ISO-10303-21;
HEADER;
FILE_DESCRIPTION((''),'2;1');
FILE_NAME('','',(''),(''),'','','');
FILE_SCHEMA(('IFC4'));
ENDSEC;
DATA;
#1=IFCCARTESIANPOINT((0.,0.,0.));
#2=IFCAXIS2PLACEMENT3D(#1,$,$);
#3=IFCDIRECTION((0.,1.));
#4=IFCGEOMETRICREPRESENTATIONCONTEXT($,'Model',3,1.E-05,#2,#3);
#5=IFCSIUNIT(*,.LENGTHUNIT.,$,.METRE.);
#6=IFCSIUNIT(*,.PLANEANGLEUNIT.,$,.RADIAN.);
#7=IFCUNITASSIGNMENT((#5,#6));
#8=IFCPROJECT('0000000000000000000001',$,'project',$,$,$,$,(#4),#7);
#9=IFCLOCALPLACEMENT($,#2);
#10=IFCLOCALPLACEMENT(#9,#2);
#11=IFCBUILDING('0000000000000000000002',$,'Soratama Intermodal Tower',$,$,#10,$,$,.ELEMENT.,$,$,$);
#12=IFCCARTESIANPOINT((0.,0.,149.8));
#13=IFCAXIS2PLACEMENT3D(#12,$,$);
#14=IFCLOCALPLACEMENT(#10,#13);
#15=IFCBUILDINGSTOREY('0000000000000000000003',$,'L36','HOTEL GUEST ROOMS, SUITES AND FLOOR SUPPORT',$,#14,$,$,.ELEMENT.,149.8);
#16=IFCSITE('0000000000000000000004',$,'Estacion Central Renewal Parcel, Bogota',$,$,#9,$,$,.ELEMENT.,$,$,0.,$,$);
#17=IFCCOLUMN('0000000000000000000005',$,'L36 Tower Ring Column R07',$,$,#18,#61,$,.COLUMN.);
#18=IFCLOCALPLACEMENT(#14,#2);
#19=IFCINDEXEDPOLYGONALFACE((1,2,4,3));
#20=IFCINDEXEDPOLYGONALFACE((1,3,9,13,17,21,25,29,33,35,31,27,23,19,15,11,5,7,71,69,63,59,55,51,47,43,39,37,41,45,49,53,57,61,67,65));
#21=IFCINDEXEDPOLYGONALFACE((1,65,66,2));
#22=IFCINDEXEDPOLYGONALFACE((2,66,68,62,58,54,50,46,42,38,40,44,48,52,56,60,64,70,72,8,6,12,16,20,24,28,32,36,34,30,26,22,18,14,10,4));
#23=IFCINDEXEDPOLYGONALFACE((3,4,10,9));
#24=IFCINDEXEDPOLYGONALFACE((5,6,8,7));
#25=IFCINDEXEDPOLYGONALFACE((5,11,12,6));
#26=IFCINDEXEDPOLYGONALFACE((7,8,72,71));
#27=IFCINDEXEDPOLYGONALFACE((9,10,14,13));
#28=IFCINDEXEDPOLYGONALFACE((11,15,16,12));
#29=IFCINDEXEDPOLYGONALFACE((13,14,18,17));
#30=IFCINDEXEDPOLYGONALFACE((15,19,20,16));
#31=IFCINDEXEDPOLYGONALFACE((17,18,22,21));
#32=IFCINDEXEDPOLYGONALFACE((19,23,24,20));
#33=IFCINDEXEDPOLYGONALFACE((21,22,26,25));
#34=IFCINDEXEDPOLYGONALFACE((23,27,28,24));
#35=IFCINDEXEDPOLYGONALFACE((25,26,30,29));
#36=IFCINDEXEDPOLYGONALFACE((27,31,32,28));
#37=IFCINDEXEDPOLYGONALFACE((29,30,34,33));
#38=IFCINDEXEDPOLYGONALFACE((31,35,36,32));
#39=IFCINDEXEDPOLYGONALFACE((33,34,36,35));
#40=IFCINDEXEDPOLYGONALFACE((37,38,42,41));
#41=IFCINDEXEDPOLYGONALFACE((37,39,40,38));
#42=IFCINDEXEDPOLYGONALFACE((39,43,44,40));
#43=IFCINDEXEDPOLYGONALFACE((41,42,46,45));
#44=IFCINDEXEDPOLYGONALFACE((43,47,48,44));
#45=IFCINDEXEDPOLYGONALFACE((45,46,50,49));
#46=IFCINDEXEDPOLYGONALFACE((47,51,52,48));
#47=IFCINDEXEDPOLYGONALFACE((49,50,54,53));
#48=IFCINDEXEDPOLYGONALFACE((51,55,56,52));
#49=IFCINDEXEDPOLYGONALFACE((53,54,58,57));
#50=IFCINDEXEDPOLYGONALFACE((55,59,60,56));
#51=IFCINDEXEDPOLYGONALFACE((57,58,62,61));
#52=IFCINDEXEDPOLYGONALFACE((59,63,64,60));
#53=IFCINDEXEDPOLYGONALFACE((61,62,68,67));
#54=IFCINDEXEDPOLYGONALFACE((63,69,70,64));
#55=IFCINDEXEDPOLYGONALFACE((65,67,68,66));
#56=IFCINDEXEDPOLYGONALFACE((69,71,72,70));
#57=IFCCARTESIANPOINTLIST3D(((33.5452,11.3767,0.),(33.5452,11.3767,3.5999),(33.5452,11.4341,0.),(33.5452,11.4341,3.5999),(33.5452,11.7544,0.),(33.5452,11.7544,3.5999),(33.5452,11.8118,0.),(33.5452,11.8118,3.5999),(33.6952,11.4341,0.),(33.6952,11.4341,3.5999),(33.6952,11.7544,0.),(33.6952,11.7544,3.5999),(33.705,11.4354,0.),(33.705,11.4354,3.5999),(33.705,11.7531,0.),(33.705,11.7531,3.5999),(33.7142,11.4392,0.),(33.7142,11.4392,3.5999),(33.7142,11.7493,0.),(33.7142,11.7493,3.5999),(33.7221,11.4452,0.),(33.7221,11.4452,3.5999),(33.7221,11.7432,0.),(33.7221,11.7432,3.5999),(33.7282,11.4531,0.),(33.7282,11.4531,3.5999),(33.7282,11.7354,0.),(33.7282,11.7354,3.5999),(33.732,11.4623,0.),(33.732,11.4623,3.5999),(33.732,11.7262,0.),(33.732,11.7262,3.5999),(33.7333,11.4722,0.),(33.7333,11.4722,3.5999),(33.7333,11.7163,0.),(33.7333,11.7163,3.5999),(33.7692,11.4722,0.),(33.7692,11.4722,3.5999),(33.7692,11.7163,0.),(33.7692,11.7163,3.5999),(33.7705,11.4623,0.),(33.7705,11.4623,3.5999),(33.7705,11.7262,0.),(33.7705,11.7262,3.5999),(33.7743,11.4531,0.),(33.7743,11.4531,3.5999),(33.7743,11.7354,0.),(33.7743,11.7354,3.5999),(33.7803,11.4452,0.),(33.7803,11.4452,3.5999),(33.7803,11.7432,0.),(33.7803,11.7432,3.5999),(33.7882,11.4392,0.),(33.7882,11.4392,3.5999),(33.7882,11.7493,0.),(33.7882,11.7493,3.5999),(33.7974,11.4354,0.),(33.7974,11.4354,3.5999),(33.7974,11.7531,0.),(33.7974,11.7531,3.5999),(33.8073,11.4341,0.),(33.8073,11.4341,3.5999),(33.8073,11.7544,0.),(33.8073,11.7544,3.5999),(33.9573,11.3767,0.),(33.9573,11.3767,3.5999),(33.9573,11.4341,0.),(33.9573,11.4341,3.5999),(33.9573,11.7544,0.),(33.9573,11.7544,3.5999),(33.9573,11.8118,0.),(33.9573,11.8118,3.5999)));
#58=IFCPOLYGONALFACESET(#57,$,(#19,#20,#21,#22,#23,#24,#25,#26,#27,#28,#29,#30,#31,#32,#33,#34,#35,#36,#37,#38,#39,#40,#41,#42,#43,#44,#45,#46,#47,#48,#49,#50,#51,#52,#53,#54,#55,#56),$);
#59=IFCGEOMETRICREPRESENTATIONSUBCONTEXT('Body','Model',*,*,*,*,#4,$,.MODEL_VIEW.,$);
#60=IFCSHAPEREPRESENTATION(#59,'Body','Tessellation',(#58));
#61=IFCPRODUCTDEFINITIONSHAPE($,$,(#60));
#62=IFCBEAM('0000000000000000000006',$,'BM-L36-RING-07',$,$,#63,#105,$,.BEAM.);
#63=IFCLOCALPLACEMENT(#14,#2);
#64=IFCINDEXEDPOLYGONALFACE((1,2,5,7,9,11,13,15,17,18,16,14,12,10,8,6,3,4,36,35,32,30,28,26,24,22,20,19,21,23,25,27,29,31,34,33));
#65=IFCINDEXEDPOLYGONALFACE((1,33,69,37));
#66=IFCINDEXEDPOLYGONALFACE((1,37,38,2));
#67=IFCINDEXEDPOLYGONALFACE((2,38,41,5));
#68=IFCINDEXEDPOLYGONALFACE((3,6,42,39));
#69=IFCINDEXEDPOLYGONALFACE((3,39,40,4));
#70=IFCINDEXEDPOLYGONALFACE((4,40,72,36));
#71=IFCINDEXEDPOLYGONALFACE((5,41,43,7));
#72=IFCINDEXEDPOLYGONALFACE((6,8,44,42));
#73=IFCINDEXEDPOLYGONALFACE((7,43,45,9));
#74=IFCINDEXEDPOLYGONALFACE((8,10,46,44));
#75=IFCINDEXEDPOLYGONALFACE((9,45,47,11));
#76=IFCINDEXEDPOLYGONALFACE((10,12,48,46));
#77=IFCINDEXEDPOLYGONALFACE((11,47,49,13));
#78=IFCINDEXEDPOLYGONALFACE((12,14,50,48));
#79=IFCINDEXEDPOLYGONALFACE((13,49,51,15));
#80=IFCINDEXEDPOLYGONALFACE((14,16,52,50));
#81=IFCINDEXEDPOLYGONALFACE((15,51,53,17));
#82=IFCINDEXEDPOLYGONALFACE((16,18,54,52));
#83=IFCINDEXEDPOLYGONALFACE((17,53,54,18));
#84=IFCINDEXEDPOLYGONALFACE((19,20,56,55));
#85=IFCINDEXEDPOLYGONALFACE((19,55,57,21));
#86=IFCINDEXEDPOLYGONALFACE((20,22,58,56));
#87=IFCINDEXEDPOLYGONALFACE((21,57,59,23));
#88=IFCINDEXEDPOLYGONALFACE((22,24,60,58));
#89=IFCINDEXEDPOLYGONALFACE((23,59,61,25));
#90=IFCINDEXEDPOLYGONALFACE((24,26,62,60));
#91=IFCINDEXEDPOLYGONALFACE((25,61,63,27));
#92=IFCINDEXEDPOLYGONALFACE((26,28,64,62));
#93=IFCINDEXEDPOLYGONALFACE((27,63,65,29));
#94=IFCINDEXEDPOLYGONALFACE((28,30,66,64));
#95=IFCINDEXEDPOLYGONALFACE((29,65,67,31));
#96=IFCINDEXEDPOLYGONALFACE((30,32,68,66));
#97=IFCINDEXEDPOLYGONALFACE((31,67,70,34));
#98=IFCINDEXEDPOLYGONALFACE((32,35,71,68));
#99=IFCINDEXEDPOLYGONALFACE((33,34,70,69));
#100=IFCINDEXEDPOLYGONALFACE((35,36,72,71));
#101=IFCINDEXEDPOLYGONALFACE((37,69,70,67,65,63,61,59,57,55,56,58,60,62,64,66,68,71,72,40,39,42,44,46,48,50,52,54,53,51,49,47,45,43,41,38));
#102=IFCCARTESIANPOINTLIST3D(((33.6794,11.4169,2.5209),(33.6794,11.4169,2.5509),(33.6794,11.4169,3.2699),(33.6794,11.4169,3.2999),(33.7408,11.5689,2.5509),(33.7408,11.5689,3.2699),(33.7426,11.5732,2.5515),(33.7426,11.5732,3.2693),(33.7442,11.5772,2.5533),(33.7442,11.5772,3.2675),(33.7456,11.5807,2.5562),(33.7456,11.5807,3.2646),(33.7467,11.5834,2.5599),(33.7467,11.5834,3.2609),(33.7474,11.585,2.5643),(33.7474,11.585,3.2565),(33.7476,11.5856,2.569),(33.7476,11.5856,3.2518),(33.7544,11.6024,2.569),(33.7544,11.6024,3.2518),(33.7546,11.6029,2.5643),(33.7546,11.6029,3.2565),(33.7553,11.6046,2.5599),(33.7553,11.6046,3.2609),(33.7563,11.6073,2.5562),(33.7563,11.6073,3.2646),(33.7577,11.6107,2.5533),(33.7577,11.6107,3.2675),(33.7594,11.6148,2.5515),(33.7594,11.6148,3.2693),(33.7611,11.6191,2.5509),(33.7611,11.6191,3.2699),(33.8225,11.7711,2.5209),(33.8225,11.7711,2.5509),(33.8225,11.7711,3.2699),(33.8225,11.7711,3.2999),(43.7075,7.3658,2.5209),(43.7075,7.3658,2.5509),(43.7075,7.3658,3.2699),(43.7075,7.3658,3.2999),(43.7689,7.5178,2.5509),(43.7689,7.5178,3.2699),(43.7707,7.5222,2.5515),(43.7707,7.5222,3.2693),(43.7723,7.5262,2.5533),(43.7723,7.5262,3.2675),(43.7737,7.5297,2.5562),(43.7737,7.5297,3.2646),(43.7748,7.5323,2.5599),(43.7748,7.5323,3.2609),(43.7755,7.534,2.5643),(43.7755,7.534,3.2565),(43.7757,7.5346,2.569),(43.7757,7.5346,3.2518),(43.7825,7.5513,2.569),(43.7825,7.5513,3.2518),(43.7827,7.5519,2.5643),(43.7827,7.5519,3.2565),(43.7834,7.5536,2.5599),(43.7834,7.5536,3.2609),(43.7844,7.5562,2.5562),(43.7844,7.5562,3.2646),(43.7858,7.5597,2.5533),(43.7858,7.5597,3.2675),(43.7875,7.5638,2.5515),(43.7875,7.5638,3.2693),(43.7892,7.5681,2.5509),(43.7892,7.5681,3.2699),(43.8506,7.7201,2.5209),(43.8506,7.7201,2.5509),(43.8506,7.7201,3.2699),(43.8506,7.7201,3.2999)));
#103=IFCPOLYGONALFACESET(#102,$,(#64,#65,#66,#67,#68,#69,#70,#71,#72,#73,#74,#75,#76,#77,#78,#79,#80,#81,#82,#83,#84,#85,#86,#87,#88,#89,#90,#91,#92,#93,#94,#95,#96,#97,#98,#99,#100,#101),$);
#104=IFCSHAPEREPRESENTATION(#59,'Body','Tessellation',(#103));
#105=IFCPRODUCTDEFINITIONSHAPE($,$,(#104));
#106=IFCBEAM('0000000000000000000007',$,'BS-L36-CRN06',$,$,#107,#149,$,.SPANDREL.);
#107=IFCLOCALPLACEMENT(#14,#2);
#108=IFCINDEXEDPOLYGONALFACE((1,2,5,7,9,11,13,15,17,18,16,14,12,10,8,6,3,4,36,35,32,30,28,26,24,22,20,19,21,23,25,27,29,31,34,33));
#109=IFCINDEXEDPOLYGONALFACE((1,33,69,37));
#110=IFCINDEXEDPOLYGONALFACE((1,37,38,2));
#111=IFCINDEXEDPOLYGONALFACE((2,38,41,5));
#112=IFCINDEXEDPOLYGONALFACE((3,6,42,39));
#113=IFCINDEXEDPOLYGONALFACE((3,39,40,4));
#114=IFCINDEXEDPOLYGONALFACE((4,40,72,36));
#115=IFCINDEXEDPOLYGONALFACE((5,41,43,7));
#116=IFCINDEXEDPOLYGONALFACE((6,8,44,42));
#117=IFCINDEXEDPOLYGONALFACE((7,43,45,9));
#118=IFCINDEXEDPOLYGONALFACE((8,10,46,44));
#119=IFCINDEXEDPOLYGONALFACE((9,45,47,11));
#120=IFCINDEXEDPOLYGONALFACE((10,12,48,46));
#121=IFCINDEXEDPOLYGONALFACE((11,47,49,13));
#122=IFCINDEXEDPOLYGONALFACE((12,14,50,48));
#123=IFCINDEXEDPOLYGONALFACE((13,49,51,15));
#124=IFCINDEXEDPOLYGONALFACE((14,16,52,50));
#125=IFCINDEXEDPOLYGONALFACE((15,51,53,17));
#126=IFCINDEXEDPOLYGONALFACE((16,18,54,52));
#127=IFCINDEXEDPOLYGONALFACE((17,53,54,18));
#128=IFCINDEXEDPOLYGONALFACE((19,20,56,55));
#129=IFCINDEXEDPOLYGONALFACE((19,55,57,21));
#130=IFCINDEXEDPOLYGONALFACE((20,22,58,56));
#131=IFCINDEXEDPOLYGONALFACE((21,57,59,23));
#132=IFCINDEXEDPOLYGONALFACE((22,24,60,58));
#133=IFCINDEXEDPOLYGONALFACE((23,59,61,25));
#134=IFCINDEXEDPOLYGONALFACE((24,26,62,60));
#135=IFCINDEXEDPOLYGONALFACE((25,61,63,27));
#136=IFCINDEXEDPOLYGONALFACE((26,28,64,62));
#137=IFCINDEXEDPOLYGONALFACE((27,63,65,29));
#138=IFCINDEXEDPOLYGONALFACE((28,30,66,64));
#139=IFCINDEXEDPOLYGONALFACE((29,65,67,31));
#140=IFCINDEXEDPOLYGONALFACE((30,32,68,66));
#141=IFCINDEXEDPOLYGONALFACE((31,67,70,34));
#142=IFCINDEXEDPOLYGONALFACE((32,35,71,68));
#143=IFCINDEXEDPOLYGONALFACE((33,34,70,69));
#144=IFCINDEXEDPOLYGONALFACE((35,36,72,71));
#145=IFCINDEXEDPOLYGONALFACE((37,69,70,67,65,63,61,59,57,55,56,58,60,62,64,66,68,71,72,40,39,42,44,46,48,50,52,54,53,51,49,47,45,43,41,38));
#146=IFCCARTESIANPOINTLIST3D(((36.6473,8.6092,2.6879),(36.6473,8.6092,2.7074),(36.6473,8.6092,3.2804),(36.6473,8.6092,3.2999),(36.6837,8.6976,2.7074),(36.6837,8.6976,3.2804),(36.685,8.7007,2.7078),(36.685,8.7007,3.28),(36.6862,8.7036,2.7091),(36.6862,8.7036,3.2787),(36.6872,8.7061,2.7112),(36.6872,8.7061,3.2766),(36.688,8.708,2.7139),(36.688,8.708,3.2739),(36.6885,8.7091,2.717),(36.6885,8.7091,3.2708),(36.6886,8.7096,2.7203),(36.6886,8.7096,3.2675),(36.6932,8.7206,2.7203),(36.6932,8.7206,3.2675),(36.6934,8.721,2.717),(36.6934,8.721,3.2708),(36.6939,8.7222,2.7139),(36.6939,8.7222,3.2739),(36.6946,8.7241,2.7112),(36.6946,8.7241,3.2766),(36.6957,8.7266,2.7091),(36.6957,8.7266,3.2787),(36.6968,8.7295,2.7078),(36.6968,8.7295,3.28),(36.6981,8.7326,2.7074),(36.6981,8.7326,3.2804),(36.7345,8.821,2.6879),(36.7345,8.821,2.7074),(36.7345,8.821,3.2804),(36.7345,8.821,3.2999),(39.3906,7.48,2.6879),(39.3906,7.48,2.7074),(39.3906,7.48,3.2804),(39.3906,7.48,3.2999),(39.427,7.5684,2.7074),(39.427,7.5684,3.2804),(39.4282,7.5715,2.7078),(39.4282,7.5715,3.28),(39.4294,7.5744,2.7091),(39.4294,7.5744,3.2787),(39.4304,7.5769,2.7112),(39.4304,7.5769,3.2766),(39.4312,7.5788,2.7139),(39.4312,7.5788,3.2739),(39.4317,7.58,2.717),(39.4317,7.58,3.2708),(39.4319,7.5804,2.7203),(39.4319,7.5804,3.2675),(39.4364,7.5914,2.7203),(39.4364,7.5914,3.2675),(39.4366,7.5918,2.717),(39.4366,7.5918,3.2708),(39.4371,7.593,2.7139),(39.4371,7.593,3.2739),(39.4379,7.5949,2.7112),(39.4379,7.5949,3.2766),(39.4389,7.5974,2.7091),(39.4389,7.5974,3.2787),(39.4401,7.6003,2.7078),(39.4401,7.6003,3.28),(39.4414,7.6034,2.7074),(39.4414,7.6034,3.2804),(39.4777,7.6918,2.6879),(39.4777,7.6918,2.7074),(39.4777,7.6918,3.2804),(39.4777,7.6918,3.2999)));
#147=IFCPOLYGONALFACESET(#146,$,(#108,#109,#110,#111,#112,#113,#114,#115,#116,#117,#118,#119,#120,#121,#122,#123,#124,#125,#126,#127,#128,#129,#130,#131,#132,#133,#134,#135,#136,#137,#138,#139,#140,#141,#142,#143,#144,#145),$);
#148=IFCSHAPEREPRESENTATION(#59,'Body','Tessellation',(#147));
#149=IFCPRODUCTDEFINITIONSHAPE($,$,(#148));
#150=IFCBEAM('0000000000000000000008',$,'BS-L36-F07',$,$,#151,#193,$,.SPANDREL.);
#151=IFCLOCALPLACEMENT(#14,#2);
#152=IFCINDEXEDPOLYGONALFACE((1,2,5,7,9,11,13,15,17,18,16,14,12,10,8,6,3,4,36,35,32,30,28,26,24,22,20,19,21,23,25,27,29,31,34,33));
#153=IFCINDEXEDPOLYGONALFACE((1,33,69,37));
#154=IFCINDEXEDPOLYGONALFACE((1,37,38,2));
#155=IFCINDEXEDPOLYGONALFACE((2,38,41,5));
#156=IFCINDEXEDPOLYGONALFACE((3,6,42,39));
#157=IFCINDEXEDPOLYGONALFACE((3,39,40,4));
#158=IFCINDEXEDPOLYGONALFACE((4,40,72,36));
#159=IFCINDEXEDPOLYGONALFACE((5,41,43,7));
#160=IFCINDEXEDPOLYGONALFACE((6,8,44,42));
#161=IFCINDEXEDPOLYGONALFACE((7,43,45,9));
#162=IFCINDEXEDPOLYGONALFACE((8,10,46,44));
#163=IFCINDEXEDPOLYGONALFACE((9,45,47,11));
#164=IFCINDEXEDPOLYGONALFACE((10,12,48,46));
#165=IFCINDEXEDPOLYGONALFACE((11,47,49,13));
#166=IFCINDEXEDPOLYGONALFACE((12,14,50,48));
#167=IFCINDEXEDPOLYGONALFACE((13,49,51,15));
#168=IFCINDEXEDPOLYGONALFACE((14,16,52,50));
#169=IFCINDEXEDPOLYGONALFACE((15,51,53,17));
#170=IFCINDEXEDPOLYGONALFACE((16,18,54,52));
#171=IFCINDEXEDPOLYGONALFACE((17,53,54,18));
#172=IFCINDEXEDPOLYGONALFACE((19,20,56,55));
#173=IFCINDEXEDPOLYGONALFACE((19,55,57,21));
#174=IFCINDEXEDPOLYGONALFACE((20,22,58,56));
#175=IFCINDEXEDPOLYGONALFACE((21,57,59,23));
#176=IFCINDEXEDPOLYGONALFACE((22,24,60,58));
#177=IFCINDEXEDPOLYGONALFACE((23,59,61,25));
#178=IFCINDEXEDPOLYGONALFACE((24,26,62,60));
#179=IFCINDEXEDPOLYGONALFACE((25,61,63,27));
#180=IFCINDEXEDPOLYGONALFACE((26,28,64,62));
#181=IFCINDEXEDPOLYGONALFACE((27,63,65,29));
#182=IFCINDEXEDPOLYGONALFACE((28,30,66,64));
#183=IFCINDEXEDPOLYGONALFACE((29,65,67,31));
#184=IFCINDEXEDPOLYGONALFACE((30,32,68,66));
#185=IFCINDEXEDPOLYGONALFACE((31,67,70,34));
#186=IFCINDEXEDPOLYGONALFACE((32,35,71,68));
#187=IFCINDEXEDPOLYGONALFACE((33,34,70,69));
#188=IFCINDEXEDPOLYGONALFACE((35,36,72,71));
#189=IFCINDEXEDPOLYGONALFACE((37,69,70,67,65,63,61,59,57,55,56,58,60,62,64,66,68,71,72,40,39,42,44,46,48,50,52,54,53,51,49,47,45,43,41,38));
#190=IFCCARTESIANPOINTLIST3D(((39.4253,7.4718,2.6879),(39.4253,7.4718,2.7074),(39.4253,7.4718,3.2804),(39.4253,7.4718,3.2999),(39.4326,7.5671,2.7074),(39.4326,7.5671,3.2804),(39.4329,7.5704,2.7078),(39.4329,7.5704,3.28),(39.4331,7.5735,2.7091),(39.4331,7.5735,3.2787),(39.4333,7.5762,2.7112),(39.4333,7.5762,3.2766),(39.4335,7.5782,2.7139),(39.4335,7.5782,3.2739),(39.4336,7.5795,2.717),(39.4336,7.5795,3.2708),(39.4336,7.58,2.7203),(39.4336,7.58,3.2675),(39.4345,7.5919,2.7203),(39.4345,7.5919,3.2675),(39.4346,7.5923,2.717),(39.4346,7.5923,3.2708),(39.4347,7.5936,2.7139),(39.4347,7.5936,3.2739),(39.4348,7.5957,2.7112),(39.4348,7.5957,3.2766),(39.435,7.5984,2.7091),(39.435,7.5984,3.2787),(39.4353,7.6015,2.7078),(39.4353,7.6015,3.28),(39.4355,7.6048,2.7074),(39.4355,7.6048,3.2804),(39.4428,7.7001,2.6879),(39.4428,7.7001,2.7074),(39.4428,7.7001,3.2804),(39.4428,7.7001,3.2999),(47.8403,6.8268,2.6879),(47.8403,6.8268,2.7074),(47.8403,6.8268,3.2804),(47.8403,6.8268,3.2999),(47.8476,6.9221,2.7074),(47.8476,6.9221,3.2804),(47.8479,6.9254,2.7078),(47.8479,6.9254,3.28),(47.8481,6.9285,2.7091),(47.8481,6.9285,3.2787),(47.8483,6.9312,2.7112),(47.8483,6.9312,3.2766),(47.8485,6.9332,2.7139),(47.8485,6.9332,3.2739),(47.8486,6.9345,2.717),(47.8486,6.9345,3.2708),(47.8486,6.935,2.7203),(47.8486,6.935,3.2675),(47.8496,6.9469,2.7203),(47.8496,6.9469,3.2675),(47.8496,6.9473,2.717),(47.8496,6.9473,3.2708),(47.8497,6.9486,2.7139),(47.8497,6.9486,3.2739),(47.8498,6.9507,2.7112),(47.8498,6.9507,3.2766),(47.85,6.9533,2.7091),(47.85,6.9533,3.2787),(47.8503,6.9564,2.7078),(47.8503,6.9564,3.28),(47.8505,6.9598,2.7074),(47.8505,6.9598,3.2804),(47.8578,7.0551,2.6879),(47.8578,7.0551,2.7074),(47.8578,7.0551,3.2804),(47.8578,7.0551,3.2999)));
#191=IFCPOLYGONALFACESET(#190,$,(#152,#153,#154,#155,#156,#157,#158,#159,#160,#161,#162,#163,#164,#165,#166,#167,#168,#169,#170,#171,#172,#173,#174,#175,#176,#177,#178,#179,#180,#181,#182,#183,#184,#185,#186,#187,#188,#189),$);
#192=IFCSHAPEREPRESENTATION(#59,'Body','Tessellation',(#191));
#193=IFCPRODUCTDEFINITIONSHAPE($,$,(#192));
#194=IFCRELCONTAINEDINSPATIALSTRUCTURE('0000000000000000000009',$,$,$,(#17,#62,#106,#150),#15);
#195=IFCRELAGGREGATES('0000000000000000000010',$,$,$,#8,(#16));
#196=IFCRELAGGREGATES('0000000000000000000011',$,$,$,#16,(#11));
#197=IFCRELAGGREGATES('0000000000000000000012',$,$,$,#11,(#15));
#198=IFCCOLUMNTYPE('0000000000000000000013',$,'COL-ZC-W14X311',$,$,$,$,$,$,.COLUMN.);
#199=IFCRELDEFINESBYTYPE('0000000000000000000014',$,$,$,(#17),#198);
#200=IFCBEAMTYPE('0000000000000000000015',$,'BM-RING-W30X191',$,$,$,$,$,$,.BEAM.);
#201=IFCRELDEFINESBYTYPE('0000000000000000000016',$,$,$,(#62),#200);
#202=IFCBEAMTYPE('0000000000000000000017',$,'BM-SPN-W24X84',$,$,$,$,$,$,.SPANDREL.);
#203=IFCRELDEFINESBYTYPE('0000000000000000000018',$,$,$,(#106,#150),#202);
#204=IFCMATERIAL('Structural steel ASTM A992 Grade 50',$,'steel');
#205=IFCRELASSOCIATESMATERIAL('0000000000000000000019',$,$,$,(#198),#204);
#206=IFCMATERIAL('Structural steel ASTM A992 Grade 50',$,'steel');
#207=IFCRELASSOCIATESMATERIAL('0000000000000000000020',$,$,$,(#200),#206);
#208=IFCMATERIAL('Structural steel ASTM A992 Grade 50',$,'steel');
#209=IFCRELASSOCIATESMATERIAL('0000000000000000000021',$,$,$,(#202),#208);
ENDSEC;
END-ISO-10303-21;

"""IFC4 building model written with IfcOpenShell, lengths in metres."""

from ifc_helpers import new_model, si_unit, direction, frame, origin, origin_2d, place, context, subcontext, project, spatial, i_section, extrude, material, material_profile, profile_set, type_object, element, save


model = new_model("IFC4")

# Units and contexts
model_context = context("Model", 3, precision=1e-05, world=origin(), true_north=direction((0.0, 1.0)))
body_context = subcontext(model_context, "Body", "Model", "MODEL_VIEW")
ifc_project = project(units=[si_unit("LENGTHUNIT", "METRE"), si_unit("PLANEANGLEUNIT", "RADIAN")], contexts=[model_context])

# Site, building, storey
site_placement = place(None, origin())
site = spatial("IfcSite", under=ifc_project, at=site_placement, Name="Estacion Central Renewal Parcel, Bogota", CompositionType="ELEMENT", RefElevation=0.0)
building_placement = place(site_placement, origin())
building = spatial("IfcBuilding", under=site, at=building_placement, Name="Soratama Intermodal Tower", CompositionType="ELEMENT")
storey_placement = place(building_placement, frame((0.0, 0.0, 149.8)))
storey = spatial("IfcBuildingStorey", under=building, at=storey_placement, Name="L36", Description="HOTEL GUEST ROOMS, SUITES AND FLOOR SUPPORT", CompositionType="ELEMENT", Elevation=149.8)

# Column
ifc_material_1 = material(Name="Structural steel ASTM A992 Grade 50", Category="steel")
ifc_material_profile_1 = material_profile(ifc_material_1, i_section(OverallWidth=0.4121, OverallDepth=0.4351, WebThickness=0.0359, FlangeThickness=0.0574, FilletRadius=0.0381, at=origin_2d()), Name="W14X311")
ifc_profile_set_1 = profile_set([ifc_material_profile_1], Name="Structural steel ASTM A992 Grade 50")
column_type = type_object("IfcColumnType", Name="COL-ZC-W14X311", PredefinedType="COLUMN", material=ifc_profile_set_1)
column_placement = place(storey_placement, frame((33.7512, 11.5942, 0.0), z_axis=(0.0, 0.0, 1.0), x_axis=(1.0, 0.0, 0.0)))
element("IfcColumn", 1, at=column_placement, inside=storey, type_object=column_type, Name="L36 Tower Ring Column R07", PredefinedType="COLUMN", context=body_context, shape_type="SweptSolid", body=[
    extrude(i_section(OverallWidth=0.4121, OverallDepth=0.4351, WebThickness=0.0359, FlangeThickness=0.0574, FilletRadius=0.0381, at=origin_2d()), origin(), (0.0, 0.0, 1.0), 3.5999),
])

# Beams
ifc_material_2 = material(Name="Structural steel ASTM A992 Grade 50", Category="steel")
ifc_material_profile_2 = material_profile(ifc_material_2, i_section(OverallWidth=0.3821, OverallDepth=0.7791, WebThickness=0.0181, FlangeThickness=0.03, FilletRadius=0.0181, at=origin_2d()), Name="W30X191")
ifc_profile_set_2 = profile_set([ifc_material_profile_2], Name="Structural steel ASTM A992 Grade 50")
beam_type_1 = type_object("IfcBeamType", Name="BM-RING-W30X191", PredefinedType="BEAM", material=ifc_profile_set_2)
beam_1_placement = place(storey_placement, frame((33.751, 11.594, 2.9104), z_axis=(0.927202, -0.37456, 0.0), x_axis=(0.37456, 0.927202, 0.0)))
element("IfcBeam", 2, at=beam_1_placement, inside=storey, type_object=beam_type_1, Name="BM-L36-RING-07", PredefinedType="BEAM", context=body_context, shape_type="SweptSolid", body=[
    extrude(i_section(OverallWidth=0.3821, OverallDepth=0.7791, WebThickness=0.0181, FlangeThickness=0.03, FilletRadius=0.0181, at=origin_2d()), origin(), (0.0, 0.0, 1.0), 10.8154),
])
ifc_material_3 = material(Name="Structural steel ASTM A992 Grade 50", Category="steel")
ifc_material_profile_3 = material_profile(ifc_material_3, i_section(OverallWidth=0.229, OverallDepth=0.6121, WebThickness=0.012, FlangeThickness=0.0195, FilletRadius=0.0129, at=origin_2d()), Name="W24X84")
ifc_profile_set_3 = profile_set([ifc_material_profile_3], Name="Structural steel ASTM A992 Grade 50")
beam_type_2 = type_object("IfcBeamType", Name="BM-SPN-W24X84", PredefinedType="SPANDREL", material=ifc_profile_set_3)
beam_2_placement = place(storey_placement, frame((36.6909, 8.7151, 2.9939), z_axis=(0.924724, -0.380638, 0.0), x_axis=(0.380638, 0.924724, 0.0)))
element("IfcBeam", 3, at=beam_2_placement, inside=storey, type_object=beam_type_2, Name="BS-L36-CRN06", PredefinedType="SPANDREL", context=body_context, shape_type="SweptSolid", body=[
    extrude(i_section(OverallWidth=0.229, OverallDepth=0.6121, WebThickness=0.012, FlangeThickness=0.0195, FilletRadius=0.0129, at=origin_2d()), origin(), (0.0, 0.0, 1.0), 2.9666),
])
beam_3_placement = place(storey_placement, frame((39.4341, 7.5859, 2.9939), z_axis=(0.997075, -0.076427, 0.0), x_axis=(0.076427, 0.997075, 0.0)))
element("IfcBeam", 4, at=beam_3_placement, inside=storey, type_object=beam_type_2, Name="BS-L36-F07", PredefinedType="SPANDREL", context=body_context, shape_type="SweptSolid", body=[
    extrude(i_section(OverallWidth=0.229, OverallDepth=0.6121, WebThickness=0.012, FlangeThickness=0.0195, FilletRadius=0.0129, at=origin_2d()), origin(), (0.0, 0.0, 1.0), 8.4397),
])

save(model, "model.ifc")
